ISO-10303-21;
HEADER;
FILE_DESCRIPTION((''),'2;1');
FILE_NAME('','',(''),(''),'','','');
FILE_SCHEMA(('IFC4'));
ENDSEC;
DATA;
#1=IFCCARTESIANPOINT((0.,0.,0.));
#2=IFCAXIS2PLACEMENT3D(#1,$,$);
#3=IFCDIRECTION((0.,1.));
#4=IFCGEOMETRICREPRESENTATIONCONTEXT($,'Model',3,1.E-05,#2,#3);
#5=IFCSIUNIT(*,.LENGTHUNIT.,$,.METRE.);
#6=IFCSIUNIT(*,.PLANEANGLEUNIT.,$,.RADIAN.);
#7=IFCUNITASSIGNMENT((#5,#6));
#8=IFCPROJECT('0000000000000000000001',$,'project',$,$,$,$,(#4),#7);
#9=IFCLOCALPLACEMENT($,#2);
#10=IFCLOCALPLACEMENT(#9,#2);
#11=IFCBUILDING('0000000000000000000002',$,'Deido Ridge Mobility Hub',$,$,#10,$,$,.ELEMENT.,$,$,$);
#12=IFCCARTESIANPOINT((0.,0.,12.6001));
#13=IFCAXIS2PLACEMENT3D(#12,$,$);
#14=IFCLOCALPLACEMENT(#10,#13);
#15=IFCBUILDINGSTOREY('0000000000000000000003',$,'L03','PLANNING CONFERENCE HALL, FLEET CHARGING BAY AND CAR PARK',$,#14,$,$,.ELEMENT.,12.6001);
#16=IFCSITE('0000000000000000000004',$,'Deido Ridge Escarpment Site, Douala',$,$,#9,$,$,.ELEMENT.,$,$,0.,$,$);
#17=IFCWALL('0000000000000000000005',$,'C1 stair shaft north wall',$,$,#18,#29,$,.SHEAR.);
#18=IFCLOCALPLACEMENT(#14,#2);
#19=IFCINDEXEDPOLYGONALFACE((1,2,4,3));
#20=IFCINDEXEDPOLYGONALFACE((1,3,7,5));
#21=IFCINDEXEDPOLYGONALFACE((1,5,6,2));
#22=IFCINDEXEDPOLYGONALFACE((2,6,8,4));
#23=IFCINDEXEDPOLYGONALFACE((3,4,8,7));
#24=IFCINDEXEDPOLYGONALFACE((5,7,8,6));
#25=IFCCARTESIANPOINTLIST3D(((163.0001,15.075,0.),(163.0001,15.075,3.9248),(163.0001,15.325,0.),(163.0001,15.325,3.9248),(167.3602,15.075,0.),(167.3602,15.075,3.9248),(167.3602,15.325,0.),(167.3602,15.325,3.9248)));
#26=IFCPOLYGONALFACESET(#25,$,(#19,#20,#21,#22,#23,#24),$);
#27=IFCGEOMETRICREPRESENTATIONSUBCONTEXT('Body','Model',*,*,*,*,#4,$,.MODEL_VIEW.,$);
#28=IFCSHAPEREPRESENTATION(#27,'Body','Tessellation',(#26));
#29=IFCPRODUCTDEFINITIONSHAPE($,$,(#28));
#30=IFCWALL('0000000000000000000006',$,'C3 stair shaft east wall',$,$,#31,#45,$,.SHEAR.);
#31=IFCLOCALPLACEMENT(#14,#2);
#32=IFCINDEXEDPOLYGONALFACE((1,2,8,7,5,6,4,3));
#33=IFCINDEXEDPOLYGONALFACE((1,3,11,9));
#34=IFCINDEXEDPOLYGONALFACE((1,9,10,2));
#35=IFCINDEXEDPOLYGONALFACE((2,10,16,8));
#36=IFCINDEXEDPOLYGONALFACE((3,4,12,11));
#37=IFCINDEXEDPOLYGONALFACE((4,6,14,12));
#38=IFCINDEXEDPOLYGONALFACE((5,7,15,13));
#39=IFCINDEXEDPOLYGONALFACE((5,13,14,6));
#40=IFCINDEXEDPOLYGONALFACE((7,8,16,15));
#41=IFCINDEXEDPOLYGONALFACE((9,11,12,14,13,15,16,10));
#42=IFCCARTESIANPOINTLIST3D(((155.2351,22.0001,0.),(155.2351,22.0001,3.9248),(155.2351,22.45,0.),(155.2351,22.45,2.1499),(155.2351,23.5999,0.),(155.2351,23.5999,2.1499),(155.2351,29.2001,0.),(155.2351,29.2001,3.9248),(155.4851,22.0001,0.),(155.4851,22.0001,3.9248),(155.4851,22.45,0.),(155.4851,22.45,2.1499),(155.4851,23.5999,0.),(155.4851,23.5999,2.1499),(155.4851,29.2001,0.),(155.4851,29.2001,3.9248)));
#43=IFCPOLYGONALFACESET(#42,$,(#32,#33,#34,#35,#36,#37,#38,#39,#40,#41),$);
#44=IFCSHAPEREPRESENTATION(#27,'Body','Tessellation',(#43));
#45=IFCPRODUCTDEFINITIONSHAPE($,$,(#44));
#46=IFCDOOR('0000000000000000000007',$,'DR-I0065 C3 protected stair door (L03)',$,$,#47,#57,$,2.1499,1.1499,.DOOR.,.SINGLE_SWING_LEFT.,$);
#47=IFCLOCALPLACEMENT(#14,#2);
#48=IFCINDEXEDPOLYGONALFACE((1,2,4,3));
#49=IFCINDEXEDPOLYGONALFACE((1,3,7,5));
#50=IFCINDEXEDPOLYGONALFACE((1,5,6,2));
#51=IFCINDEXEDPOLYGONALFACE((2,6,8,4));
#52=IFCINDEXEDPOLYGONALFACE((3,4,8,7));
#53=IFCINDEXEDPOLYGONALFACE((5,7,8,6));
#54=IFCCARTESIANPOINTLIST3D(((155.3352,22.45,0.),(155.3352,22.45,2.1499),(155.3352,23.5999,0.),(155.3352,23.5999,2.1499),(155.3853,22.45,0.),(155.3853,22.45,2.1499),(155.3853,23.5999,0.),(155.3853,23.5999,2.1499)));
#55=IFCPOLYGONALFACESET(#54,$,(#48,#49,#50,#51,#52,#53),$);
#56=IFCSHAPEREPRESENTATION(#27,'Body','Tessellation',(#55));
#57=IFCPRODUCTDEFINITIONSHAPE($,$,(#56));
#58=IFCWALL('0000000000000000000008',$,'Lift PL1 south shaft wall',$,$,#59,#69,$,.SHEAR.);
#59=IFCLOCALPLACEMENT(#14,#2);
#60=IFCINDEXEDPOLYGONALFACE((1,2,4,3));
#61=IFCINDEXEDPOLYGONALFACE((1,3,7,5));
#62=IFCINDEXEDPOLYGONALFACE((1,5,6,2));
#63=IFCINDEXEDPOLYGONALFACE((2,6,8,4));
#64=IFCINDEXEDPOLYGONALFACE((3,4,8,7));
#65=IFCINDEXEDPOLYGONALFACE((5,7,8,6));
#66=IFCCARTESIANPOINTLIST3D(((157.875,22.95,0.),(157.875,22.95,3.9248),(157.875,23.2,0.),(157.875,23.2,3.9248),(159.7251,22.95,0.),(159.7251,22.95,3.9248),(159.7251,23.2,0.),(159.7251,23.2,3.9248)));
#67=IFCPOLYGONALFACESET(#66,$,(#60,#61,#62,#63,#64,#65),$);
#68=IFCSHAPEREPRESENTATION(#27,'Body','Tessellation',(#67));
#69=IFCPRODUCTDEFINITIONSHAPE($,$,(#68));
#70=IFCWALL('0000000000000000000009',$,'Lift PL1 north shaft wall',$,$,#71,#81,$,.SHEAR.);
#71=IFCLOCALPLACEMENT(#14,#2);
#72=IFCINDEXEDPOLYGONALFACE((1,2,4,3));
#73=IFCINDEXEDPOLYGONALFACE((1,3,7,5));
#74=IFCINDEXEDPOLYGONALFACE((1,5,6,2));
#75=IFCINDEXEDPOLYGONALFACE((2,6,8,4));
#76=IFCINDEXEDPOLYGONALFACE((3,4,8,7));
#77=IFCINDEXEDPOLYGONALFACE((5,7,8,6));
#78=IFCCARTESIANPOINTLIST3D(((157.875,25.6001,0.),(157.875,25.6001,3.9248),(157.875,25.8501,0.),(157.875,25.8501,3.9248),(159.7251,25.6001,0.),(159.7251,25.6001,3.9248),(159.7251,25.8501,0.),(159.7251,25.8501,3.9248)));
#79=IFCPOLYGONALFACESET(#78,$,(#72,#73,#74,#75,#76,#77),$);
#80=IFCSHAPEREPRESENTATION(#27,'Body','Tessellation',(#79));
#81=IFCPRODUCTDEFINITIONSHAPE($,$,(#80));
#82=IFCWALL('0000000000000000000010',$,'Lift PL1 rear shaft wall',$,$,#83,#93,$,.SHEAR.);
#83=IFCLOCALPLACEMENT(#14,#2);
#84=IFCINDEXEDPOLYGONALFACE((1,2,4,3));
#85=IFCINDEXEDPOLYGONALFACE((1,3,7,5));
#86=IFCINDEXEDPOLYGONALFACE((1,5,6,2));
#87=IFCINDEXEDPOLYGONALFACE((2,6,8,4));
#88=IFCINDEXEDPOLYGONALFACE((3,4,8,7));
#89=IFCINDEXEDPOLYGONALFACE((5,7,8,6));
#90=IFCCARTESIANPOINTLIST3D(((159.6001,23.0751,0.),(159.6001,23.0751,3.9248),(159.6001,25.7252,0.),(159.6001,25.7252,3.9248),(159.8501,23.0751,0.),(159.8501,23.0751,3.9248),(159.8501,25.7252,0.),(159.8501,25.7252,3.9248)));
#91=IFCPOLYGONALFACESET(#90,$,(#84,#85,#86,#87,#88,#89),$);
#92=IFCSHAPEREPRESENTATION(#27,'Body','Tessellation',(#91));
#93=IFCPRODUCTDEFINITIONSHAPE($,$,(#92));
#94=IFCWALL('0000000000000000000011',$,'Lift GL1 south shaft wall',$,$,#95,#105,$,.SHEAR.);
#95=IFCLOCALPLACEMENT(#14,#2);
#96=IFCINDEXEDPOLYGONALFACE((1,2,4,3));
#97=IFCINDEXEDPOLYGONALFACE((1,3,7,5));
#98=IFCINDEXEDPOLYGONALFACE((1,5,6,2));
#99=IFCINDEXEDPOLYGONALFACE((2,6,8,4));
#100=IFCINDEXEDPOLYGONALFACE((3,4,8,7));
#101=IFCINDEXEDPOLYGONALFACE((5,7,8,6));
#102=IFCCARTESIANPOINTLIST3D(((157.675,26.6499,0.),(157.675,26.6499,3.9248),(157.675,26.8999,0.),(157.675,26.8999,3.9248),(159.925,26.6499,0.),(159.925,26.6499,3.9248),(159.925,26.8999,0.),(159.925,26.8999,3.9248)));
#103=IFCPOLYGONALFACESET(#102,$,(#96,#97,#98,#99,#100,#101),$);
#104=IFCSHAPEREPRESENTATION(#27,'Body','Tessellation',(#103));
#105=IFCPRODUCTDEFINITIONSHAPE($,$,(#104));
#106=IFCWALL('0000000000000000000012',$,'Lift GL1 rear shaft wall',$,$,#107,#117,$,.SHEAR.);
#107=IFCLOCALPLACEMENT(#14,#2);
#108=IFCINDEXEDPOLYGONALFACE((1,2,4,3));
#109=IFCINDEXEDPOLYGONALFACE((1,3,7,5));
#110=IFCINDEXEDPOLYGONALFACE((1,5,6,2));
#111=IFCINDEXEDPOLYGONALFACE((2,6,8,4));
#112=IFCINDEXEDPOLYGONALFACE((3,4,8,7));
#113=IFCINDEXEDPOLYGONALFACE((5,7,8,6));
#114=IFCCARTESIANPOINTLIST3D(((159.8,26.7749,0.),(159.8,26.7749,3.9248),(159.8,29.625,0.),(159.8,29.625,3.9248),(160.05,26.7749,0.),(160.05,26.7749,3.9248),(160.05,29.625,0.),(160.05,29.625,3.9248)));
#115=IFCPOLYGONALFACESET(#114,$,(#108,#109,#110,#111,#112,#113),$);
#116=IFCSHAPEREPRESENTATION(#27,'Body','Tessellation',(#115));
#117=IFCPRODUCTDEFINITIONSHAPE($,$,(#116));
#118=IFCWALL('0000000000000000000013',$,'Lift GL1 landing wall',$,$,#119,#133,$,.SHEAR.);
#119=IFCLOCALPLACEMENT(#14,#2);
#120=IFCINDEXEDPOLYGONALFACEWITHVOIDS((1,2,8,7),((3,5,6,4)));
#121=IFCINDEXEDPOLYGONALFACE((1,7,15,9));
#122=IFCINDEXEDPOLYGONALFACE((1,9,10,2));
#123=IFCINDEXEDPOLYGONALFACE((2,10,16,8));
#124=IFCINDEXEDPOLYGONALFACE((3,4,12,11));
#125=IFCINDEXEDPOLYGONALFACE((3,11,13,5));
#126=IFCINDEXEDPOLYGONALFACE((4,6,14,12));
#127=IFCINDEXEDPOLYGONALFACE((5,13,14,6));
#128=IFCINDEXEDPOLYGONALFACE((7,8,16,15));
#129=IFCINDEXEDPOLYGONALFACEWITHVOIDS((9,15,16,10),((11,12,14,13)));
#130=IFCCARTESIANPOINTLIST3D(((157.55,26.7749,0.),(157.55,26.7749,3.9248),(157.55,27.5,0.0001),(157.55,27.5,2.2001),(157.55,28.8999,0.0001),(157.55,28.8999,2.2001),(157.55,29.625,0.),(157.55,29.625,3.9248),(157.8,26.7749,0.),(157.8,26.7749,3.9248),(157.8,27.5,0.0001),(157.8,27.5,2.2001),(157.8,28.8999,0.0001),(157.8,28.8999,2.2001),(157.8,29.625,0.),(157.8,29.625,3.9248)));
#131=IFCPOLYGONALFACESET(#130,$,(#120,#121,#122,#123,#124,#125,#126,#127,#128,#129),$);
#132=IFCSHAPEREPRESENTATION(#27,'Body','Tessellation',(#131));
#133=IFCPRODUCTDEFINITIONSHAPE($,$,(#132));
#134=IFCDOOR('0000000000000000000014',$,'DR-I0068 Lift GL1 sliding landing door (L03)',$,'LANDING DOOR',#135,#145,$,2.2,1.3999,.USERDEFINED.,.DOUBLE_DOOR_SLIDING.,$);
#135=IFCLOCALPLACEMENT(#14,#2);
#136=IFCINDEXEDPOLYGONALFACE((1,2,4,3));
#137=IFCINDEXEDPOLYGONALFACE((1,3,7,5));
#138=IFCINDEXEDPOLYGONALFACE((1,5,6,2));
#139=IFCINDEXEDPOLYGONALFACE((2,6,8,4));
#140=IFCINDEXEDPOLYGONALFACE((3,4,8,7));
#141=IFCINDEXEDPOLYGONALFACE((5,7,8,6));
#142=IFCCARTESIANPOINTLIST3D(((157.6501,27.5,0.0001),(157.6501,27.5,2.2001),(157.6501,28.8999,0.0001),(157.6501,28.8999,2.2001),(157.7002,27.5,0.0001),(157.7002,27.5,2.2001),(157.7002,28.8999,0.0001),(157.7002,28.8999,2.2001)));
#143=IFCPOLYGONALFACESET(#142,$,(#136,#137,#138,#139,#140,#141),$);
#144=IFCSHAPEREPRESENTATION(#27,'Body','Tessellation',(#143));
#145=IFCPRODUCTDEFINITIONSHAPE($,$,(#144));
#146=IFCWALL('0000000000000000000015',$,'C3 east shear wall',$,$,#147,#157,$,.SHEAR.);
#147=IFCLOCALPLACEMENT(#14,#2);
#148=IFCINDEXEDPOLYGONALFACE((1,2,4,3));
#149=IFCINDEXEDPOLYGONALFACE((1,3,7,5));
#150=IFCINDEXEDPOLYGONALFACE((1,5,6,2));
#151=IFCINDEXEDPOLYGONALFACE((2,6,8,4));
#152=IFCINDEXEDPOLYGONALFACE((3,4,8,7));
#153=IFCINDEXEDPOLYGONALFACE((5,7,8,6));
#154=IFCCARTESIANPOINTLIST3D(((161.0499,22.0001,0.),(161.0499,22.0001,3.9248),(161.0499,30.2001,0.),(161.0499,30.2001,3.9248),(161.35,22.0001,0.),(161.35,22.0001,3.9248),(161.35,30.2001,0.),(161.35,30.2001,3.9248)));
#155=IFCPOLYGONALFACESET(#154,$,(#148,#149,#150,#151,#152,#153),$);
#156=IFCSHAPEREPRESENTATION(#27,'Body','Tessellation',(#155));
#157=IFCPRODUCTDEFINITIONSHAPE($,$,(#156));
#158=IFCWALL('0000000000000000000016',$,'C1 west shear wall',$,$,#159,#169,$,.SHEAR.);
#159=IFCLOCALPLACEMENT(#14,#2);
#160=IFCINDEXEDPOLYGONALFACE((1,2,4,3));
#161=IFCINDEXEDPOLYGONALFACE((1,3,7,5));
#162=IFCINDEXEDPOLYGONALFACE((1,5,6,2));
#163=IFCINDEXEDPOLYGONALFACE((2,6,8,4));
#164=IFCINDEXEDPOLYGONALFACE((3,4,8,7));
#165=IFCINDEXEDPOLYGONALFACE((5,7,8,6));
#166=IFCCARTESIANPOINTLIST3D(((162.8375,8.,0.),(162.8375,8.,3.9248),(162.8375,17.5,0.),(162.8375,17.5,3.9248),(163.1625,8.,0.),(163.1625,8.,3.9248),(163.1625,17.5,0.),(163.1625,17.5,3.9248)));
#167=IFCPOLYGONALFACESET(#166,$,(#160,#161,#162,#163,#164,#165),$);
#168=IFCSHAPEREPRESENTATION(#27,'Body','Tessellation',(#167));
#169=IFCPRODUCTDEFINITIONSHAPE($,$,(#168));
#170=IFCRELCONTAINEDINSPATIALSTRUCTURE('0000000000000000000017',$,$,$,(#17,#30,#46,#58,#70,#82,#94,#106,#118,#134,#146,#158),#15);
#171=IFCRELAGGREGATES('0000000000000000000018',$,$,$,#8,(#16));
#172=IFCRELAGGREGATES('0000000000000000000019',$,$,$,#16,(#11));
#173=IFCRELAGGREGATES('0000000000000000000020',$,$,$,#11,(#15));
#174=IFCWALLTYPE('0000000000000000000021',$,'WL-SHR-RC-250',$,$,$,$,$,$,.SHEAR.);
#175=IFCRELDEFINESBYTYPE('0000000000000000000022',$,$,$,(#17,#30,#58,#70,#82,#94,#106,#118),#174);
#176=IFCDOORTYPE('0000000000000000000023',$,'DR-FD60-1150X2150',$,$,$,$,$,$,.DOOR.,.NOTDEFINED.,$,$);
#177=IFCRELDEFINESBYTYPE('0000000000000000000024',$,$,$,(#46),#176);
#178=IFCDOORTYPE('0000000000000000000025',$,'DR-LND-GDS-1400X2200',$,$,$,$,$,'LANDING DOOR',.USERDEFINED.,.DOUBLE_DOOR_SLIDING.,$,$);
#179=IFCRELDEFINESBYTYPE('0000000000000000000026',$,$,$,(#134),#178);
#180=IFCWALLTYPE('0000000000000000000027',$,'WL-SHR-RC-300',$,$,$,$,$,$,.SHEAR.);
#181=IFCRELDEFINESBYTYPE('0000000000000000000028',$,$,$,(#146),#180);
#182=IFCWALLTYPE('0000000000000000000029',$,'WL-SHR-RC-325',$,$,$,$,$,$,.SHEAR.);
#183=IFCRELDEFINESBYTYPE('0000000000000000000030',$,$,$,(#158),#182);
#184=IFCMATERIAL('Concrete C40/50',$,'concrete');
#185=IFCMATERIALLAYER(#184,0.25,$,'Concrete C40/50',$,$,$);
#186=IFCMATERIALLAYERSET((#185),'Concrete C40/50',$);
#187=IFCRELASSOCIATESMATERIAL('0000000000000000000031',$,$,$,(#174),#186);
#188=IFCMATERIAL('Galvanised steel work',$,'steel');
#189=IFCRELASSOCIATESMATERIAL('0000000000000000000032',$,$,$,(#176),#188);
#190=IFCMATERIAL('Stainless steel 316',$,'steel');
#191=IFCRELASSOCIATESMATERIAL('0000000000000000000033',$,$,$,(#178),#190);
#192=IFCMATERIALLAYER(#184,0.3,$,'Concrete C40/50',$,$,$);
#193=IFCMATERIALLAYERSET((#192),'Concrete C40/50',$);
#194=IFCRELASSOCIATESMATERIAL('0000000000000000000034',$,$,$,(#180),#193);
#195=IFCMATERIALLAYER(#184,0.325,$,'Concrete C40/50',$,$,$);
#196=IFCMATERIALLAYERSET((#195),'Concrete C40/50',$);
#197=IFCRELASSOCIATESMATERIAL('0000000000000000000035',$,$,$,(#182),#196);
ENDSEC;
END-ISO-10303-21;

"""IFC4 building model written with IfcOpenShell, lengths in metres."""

from ifc_helpers import new_model, si_unit, direction, frame, frame_2d, origin, place, context, subcontext, project, spatial, rectangle, extrude, material, layer, layer_set, type_object, element, fill, save


model = new_model("IFC4")

# Units and contexts
model_context = context("Model", 3, precision=1e-05, world=origin(), true_north=direction((0.0, 1.0)))
body_context = subcontext(model_context, "Body", "Model", "MODEL_VIEW")
ifc_project = project(units=[si_unit("LENGTHUNIT", "METRE"), si_unit("PLANEANGLEUNIT", "RADIAN")], contexts=[model_context])

# Site, building, storey
site_placement = place(None, origin())
site = spatial("IfcSite", under=ifc_project, at=site_placement, Name="Deido Ridge Escarpment Site, Douala", CompositionType="ELEMENT", RefElevation=0.0)
building_placement = place(site_placement, origin())
building = spatial("IfcBuilding", under=site, at=building_placement, Name="Deido Ridge Mobility Hub", CompositionType="ELEMENT")
storey_placement = place(building_placement, frame((0.0, 0.0, 12.6001)))
storey = spatial("IfcBuildingStorey", under=building, at=storey_placement, Name="L03", Description="PLANNING CONFERENCE HALL, FLEET CHARGING BAY AND CAR PARK", CompositionType="ELEMENT", Elevation=12.6001)

# Wall
ifc_material_1 = material(Name="Concrete C40/50", Category="concrete")
ifc_layer_1 = layer(ifc_material_1, 0.25, Name="Concrete C40/50")
ifc_layer_set_1 = layer_set([ifc_layer_1], Name="Concrete C40/50")
wall_type_1 = type_object("IfcWallType", Name="WL-SHR-RC-250", PredefinedType="SHEAR", material=ifc_layer_set_1)
wall_1_placement = place(storey_placement, frame((163.0, 15.2, 0.0), z_axis=(0.0, 0.0, 1.0), x_axis=(1.0, 0.0, 0.0)))
element("IfcWall", 1, at=wall_1_placement, inside=storey, type_object=wall_type_1, Name="C1 stair shaft north wall", PredefinedType="SHEAR", context=body_context, shape_type="SweptSolid", body=[
    extrude(rectangle(XDim=4.3601, YDim=0.25, at=frame_2d((2.1802, 0.0))), origin(), (0.0, 0.0, 1.0), 3.9248),
])

# Wall, opening, door
wall_2_placement = place(storey_placement, frame((155.3601, 22.0, 0.0), z_axis=(0.0, 0.0, 1.0), x_axis=(0.0, 1.0, 0.0)))
wall_2 = element("IfcWall", 2, at=wall_2_placement, inside=storey, type_object=wall_type_1, Name="C3 stair shaft east wall", PredefinedType="SHEAR", context=body_context, shape_type="SweptSolid", body=[
    extrude(rectangle(XDim=7.2, YDim=0.25, at=frame_2d((3.6001, 0.0))), origin(), (0.0, 0.0, 1.0), 3.9248),
])
opening_1_placement = place(wall_2_placement, frame((0.45, 0.0, 0.0)))
opening_1 = element("IfcOpeningElement", 3, at=opening_1_placement, cuts=wall_2, PredefinedType="OPENING", context=body_context, shape_type="SweptSolid", body=[
    extrude(rectangle(XDim=1.1499, YDim=2.1499, at=frame_2d((0.575, 1.075))), frame((0.0, 0.135, 0.0), z_axis=(0.0, -1.0, 0.0), x_axis=(1.0, 0.0, 0.0)), (0.0, 0.0, 1.0), 0.27),
])
ifc_material_2 = material(Name="Galvanised steel work", Category="steel")
door_type_1 = type_object("IfcDoorType", Name="DR-FD60-1150X2150", OperationType="NOTDEFINED", PredefinedType="DOOR", material=ifc_material_2)
door_1_placement = place(opening_1_placement, origin())
door_1 = element("IfcDoor", 4, at=door_1_placement, inside=storey, type_object=door_type_1, Name="DR-I0065 C3 protected stair door (L03)", OperationType="SINGLE_SWING_LEFT", OverallHeight=2.1499, OverallWidth=1.1499, PredefinedType="DOOR", context=body_context, shape_type="SweptSolid", body=[
    extrude(rectangle(XDim=1.1499, YDim=2.1499, at=frame_2d((0.575, 1.075))), frame((0.0, 0.0249, 0.0), z_axis=(0.0, -1.0, 0.0), x_axis=(1.0, 0.0, 0.0)), (0.0, 0.0, 1.0), 0.05),
])
fill(opening_1, door_1)

# Walls
for number, where, z_axis, x_axis, name in (
    (5, (157.875, 23.075, 0.0), (0.0, 0.0, 1.0), (1.0, 0.0, 0.0), "Lift PL1 south shaft wall"),
    (6, (157.875, 25.7251, 0.0), (0.0, 0.0, 1.0), (1.0, 0.0, 0.0), "Lift PL1 north shaft wall"),
):
    element("IfcWall", number, at=place(storey_placement, frame(where, z_axis=z_axis, x_axis=x_axis)), inside=storey, type_object=wall_type_1, Name=name, PredefinedType="SHEAR", context=body_context, shape_type="SweptSolid", body=[
        extrude(rectangle(XDim=1.8501, YDim=0.25, at=frame_2d((0.925, 0.0))), origin(), (0.0, 0.0, 1.0), 3.9248),
    ])
wall_3_placement = place(storey_placement, frame((159.7251, 23.075, 0.0), z_axis=(0.0, 0.0, 1.0), x_axis=(0.0, 1.0, 0.0)))
element("IfcWall", 7, at=wall_3_placement, inside=storey, type_object=wall_type_1, Name="Lift PL1 rear shaft wall", PredefinedType="SHEAR", context=body_context, shape_type="SweptSolid", body=[
    extrude(rectangle(XDim=2.6501, YDim=0.25, at=frame_2d((1.3252, 0.0))), origin(), (0.0, 0.0, 1.0), 3.9248),
])

# Shared definitions
ifc_material_3 = material(Name="Stainless steel 316", Category="steel")

# Walls
wall_4_placement = place(storey_placement, frame((157.675, 26.7749, 0.0), z_axis=(0.0, 0.0, 1.0), x_axis=(1.0, 0.0, 0.0)))
element("IfcWall", 8, at=wall_4_placement, inside=storey, type_object=wall_type_1, Name="Lift GL1 south shaft wall", PredefinedType="SHEAR", context=body_context, shape_type="SweptSolid", body=[
    extrude(rectangle(XDim=2.25, YDim=0.25, at=frame_2d((1.125, 0.0))), origin(), (0.0, 0.0, 1.0), 3.9248),
])
wall_5_placement = place(storey_placement, frame((159.925, 26.7749, 0.0), z_axis=(0.0, 0.0, 1.0), x_axis=(0.0, 1.0, 0.0)))
element("IfcWall", 9, at=wall_5_placement, inside=storey, type_object=wall_type_1, Name="Lift GL1 rear shaft wall", PredefinedType="SHEAR", context=body_context, shape_type="SweptSolid", body=[
    extrude(rectangle(XDim=2.8501, YDim=0.25, at=frame_2d((1.425, 0.0))), origin(), (0.0, 0.0, 1.0), 3.9248),
])

# Wall, opening, door
wall_6_placement = place(storey_placement, frame((157.675, 26.7749, 0.0), z_axis=(0.0, 0.0, 1.0), x_axis=(0.0, 1.0, 0.0)))
wall_6 = element("IfcWall", 10, at=wall_6_placement, inside=storey, type_object=wall_type_1, Name="Lift GL1 landing wall", PredefinedType="SHEAR", context=body_context, shape_type="SweptSolid", body=[
    extrude(rectangle(XDim=2.8501, YDim=0.25, at=frame_2d((1.425, 0.0))), origin(), (0.0, 0.0, 1.0), 3.9248),
])
opening_2_placement = place(wall_6_placement, frame((0.7251, 0.0, 0.0)))
opening_2 = element("IfcOpeningElement", 11, at=opening_2_placement, cuts=wall_6, PredefinedType="OPENING", context=body_context, shape_type="SweptSolid", body=[
    extrude(rectangle(XDim=1.3999, YDim=2.2, at=frame_2d((0.7, 1.1001))), frame((0.0, 0.135, 0.0), z_axis=(0.0, -1.0, 0.0), x_axis=(1.0, 0.0, 0.0)), (0.0, 0.0, 1.0), 0.27),
])
door_type_2 = type_object("IfcDoorType", Name="DR-LND-GDS-1400X2200", ElementType="LANDING DOOR", OperationType="DOUBLE_DOOR_SLIDING", PredefinedType="USERDEFINED", material=ifc_material_3)
door_2_placement = place(opening_2_placement, origin())
door_2 = element("IfcDoor", 12, at=door_2_placement, inside=storey, type_object=door_type_2, Name="DR-I0068 Lift GL1 sliding landing door (L03)", ObjectType="LANDING DOOR", OperationType="DOUBLE_DOOR_SLIDING", OverallHeight=2.2, OverallWidth=1.3999, PredefinedType="USERDEFINED", context=body_context, shape_type="SweptSolid", body=[
    extrude(rectangle(XDim=1.3999, YDim=2.2, at=frame_2d((0.7, 1.1001))), frame((0.0, 0.0249, 0.0), z_axis=(0.0, -1.0, 0.0), x_axis=(1.0, 0.0, 0.0)), (0.0, 0.0, 1.0), 0.05),
])
fill(opening_2, door_2)

# Walls
ifc_layer_2 = layer(ifc_material_1, 0.3, Name="Concrete C40/50")
ifc_layer_set_2 = layer_set([ifc_layer_2], Name="Concrete C40/50")
wall_type_2 = type_object("IfcWallType", Name="WL-SHR-RC-300", PredefinedType="SHEAR", material=ifc_layer_set_2)
wall_7_placement = place(storey_placement, frame((161.2, 22.0, 0.0), z_axis=(0.0, 0.0, 1.0), x_axis=(0.0, 1.0, 0.0)))
element("IfcWall", 13, at=wall_7_placement, inside=storey, type_object=wall_type_2, Name="C3 east shear wall", PredefinedType="SHEAR", context=body_context, shape_type="SweptSolid", body=[
    extrude(rectangle(XDim=8.2, YDim=0.3, at=frame_2d((4.1001, 0.0))), origin(), (0.0, 0.0, 1.0), 3.9248),
])
ifc_layer_3 = layer(ifc_material_1, 0.325, Name="Concrete C40/50")
ifc_layer_set_3 = layer_set([ifc_layer_3], Name="Concrete C40/50")
wall_type_3 = type_object("IfcWallType", Name="WL-SHR-RC-325", PredefinedType="SHEAR", material=ifc_layer_set_3)
wall_8_placement = place(storey_placement, frame((163.0, 17.5, 0.0), z_axis=(0.0, 0.0, 1.0), x_axis=(0.0, -1.0, 0.0)))
element("IfcWall", 14, at=wall_8_placement, inside=storey, type_object=wall_type_3, Name="C1 west shear wall", PredefinedType="SHEAR", context=body_context, shape_type="SweptSolid", body=[
    extrude(rectangle(XDim=9.5, YDim=0.325, at=frame_2d((4.75, 0.0))), origin(), (0.0, 0.0, 1.0), 3.9248),
])

save(model, "model.ifc")
